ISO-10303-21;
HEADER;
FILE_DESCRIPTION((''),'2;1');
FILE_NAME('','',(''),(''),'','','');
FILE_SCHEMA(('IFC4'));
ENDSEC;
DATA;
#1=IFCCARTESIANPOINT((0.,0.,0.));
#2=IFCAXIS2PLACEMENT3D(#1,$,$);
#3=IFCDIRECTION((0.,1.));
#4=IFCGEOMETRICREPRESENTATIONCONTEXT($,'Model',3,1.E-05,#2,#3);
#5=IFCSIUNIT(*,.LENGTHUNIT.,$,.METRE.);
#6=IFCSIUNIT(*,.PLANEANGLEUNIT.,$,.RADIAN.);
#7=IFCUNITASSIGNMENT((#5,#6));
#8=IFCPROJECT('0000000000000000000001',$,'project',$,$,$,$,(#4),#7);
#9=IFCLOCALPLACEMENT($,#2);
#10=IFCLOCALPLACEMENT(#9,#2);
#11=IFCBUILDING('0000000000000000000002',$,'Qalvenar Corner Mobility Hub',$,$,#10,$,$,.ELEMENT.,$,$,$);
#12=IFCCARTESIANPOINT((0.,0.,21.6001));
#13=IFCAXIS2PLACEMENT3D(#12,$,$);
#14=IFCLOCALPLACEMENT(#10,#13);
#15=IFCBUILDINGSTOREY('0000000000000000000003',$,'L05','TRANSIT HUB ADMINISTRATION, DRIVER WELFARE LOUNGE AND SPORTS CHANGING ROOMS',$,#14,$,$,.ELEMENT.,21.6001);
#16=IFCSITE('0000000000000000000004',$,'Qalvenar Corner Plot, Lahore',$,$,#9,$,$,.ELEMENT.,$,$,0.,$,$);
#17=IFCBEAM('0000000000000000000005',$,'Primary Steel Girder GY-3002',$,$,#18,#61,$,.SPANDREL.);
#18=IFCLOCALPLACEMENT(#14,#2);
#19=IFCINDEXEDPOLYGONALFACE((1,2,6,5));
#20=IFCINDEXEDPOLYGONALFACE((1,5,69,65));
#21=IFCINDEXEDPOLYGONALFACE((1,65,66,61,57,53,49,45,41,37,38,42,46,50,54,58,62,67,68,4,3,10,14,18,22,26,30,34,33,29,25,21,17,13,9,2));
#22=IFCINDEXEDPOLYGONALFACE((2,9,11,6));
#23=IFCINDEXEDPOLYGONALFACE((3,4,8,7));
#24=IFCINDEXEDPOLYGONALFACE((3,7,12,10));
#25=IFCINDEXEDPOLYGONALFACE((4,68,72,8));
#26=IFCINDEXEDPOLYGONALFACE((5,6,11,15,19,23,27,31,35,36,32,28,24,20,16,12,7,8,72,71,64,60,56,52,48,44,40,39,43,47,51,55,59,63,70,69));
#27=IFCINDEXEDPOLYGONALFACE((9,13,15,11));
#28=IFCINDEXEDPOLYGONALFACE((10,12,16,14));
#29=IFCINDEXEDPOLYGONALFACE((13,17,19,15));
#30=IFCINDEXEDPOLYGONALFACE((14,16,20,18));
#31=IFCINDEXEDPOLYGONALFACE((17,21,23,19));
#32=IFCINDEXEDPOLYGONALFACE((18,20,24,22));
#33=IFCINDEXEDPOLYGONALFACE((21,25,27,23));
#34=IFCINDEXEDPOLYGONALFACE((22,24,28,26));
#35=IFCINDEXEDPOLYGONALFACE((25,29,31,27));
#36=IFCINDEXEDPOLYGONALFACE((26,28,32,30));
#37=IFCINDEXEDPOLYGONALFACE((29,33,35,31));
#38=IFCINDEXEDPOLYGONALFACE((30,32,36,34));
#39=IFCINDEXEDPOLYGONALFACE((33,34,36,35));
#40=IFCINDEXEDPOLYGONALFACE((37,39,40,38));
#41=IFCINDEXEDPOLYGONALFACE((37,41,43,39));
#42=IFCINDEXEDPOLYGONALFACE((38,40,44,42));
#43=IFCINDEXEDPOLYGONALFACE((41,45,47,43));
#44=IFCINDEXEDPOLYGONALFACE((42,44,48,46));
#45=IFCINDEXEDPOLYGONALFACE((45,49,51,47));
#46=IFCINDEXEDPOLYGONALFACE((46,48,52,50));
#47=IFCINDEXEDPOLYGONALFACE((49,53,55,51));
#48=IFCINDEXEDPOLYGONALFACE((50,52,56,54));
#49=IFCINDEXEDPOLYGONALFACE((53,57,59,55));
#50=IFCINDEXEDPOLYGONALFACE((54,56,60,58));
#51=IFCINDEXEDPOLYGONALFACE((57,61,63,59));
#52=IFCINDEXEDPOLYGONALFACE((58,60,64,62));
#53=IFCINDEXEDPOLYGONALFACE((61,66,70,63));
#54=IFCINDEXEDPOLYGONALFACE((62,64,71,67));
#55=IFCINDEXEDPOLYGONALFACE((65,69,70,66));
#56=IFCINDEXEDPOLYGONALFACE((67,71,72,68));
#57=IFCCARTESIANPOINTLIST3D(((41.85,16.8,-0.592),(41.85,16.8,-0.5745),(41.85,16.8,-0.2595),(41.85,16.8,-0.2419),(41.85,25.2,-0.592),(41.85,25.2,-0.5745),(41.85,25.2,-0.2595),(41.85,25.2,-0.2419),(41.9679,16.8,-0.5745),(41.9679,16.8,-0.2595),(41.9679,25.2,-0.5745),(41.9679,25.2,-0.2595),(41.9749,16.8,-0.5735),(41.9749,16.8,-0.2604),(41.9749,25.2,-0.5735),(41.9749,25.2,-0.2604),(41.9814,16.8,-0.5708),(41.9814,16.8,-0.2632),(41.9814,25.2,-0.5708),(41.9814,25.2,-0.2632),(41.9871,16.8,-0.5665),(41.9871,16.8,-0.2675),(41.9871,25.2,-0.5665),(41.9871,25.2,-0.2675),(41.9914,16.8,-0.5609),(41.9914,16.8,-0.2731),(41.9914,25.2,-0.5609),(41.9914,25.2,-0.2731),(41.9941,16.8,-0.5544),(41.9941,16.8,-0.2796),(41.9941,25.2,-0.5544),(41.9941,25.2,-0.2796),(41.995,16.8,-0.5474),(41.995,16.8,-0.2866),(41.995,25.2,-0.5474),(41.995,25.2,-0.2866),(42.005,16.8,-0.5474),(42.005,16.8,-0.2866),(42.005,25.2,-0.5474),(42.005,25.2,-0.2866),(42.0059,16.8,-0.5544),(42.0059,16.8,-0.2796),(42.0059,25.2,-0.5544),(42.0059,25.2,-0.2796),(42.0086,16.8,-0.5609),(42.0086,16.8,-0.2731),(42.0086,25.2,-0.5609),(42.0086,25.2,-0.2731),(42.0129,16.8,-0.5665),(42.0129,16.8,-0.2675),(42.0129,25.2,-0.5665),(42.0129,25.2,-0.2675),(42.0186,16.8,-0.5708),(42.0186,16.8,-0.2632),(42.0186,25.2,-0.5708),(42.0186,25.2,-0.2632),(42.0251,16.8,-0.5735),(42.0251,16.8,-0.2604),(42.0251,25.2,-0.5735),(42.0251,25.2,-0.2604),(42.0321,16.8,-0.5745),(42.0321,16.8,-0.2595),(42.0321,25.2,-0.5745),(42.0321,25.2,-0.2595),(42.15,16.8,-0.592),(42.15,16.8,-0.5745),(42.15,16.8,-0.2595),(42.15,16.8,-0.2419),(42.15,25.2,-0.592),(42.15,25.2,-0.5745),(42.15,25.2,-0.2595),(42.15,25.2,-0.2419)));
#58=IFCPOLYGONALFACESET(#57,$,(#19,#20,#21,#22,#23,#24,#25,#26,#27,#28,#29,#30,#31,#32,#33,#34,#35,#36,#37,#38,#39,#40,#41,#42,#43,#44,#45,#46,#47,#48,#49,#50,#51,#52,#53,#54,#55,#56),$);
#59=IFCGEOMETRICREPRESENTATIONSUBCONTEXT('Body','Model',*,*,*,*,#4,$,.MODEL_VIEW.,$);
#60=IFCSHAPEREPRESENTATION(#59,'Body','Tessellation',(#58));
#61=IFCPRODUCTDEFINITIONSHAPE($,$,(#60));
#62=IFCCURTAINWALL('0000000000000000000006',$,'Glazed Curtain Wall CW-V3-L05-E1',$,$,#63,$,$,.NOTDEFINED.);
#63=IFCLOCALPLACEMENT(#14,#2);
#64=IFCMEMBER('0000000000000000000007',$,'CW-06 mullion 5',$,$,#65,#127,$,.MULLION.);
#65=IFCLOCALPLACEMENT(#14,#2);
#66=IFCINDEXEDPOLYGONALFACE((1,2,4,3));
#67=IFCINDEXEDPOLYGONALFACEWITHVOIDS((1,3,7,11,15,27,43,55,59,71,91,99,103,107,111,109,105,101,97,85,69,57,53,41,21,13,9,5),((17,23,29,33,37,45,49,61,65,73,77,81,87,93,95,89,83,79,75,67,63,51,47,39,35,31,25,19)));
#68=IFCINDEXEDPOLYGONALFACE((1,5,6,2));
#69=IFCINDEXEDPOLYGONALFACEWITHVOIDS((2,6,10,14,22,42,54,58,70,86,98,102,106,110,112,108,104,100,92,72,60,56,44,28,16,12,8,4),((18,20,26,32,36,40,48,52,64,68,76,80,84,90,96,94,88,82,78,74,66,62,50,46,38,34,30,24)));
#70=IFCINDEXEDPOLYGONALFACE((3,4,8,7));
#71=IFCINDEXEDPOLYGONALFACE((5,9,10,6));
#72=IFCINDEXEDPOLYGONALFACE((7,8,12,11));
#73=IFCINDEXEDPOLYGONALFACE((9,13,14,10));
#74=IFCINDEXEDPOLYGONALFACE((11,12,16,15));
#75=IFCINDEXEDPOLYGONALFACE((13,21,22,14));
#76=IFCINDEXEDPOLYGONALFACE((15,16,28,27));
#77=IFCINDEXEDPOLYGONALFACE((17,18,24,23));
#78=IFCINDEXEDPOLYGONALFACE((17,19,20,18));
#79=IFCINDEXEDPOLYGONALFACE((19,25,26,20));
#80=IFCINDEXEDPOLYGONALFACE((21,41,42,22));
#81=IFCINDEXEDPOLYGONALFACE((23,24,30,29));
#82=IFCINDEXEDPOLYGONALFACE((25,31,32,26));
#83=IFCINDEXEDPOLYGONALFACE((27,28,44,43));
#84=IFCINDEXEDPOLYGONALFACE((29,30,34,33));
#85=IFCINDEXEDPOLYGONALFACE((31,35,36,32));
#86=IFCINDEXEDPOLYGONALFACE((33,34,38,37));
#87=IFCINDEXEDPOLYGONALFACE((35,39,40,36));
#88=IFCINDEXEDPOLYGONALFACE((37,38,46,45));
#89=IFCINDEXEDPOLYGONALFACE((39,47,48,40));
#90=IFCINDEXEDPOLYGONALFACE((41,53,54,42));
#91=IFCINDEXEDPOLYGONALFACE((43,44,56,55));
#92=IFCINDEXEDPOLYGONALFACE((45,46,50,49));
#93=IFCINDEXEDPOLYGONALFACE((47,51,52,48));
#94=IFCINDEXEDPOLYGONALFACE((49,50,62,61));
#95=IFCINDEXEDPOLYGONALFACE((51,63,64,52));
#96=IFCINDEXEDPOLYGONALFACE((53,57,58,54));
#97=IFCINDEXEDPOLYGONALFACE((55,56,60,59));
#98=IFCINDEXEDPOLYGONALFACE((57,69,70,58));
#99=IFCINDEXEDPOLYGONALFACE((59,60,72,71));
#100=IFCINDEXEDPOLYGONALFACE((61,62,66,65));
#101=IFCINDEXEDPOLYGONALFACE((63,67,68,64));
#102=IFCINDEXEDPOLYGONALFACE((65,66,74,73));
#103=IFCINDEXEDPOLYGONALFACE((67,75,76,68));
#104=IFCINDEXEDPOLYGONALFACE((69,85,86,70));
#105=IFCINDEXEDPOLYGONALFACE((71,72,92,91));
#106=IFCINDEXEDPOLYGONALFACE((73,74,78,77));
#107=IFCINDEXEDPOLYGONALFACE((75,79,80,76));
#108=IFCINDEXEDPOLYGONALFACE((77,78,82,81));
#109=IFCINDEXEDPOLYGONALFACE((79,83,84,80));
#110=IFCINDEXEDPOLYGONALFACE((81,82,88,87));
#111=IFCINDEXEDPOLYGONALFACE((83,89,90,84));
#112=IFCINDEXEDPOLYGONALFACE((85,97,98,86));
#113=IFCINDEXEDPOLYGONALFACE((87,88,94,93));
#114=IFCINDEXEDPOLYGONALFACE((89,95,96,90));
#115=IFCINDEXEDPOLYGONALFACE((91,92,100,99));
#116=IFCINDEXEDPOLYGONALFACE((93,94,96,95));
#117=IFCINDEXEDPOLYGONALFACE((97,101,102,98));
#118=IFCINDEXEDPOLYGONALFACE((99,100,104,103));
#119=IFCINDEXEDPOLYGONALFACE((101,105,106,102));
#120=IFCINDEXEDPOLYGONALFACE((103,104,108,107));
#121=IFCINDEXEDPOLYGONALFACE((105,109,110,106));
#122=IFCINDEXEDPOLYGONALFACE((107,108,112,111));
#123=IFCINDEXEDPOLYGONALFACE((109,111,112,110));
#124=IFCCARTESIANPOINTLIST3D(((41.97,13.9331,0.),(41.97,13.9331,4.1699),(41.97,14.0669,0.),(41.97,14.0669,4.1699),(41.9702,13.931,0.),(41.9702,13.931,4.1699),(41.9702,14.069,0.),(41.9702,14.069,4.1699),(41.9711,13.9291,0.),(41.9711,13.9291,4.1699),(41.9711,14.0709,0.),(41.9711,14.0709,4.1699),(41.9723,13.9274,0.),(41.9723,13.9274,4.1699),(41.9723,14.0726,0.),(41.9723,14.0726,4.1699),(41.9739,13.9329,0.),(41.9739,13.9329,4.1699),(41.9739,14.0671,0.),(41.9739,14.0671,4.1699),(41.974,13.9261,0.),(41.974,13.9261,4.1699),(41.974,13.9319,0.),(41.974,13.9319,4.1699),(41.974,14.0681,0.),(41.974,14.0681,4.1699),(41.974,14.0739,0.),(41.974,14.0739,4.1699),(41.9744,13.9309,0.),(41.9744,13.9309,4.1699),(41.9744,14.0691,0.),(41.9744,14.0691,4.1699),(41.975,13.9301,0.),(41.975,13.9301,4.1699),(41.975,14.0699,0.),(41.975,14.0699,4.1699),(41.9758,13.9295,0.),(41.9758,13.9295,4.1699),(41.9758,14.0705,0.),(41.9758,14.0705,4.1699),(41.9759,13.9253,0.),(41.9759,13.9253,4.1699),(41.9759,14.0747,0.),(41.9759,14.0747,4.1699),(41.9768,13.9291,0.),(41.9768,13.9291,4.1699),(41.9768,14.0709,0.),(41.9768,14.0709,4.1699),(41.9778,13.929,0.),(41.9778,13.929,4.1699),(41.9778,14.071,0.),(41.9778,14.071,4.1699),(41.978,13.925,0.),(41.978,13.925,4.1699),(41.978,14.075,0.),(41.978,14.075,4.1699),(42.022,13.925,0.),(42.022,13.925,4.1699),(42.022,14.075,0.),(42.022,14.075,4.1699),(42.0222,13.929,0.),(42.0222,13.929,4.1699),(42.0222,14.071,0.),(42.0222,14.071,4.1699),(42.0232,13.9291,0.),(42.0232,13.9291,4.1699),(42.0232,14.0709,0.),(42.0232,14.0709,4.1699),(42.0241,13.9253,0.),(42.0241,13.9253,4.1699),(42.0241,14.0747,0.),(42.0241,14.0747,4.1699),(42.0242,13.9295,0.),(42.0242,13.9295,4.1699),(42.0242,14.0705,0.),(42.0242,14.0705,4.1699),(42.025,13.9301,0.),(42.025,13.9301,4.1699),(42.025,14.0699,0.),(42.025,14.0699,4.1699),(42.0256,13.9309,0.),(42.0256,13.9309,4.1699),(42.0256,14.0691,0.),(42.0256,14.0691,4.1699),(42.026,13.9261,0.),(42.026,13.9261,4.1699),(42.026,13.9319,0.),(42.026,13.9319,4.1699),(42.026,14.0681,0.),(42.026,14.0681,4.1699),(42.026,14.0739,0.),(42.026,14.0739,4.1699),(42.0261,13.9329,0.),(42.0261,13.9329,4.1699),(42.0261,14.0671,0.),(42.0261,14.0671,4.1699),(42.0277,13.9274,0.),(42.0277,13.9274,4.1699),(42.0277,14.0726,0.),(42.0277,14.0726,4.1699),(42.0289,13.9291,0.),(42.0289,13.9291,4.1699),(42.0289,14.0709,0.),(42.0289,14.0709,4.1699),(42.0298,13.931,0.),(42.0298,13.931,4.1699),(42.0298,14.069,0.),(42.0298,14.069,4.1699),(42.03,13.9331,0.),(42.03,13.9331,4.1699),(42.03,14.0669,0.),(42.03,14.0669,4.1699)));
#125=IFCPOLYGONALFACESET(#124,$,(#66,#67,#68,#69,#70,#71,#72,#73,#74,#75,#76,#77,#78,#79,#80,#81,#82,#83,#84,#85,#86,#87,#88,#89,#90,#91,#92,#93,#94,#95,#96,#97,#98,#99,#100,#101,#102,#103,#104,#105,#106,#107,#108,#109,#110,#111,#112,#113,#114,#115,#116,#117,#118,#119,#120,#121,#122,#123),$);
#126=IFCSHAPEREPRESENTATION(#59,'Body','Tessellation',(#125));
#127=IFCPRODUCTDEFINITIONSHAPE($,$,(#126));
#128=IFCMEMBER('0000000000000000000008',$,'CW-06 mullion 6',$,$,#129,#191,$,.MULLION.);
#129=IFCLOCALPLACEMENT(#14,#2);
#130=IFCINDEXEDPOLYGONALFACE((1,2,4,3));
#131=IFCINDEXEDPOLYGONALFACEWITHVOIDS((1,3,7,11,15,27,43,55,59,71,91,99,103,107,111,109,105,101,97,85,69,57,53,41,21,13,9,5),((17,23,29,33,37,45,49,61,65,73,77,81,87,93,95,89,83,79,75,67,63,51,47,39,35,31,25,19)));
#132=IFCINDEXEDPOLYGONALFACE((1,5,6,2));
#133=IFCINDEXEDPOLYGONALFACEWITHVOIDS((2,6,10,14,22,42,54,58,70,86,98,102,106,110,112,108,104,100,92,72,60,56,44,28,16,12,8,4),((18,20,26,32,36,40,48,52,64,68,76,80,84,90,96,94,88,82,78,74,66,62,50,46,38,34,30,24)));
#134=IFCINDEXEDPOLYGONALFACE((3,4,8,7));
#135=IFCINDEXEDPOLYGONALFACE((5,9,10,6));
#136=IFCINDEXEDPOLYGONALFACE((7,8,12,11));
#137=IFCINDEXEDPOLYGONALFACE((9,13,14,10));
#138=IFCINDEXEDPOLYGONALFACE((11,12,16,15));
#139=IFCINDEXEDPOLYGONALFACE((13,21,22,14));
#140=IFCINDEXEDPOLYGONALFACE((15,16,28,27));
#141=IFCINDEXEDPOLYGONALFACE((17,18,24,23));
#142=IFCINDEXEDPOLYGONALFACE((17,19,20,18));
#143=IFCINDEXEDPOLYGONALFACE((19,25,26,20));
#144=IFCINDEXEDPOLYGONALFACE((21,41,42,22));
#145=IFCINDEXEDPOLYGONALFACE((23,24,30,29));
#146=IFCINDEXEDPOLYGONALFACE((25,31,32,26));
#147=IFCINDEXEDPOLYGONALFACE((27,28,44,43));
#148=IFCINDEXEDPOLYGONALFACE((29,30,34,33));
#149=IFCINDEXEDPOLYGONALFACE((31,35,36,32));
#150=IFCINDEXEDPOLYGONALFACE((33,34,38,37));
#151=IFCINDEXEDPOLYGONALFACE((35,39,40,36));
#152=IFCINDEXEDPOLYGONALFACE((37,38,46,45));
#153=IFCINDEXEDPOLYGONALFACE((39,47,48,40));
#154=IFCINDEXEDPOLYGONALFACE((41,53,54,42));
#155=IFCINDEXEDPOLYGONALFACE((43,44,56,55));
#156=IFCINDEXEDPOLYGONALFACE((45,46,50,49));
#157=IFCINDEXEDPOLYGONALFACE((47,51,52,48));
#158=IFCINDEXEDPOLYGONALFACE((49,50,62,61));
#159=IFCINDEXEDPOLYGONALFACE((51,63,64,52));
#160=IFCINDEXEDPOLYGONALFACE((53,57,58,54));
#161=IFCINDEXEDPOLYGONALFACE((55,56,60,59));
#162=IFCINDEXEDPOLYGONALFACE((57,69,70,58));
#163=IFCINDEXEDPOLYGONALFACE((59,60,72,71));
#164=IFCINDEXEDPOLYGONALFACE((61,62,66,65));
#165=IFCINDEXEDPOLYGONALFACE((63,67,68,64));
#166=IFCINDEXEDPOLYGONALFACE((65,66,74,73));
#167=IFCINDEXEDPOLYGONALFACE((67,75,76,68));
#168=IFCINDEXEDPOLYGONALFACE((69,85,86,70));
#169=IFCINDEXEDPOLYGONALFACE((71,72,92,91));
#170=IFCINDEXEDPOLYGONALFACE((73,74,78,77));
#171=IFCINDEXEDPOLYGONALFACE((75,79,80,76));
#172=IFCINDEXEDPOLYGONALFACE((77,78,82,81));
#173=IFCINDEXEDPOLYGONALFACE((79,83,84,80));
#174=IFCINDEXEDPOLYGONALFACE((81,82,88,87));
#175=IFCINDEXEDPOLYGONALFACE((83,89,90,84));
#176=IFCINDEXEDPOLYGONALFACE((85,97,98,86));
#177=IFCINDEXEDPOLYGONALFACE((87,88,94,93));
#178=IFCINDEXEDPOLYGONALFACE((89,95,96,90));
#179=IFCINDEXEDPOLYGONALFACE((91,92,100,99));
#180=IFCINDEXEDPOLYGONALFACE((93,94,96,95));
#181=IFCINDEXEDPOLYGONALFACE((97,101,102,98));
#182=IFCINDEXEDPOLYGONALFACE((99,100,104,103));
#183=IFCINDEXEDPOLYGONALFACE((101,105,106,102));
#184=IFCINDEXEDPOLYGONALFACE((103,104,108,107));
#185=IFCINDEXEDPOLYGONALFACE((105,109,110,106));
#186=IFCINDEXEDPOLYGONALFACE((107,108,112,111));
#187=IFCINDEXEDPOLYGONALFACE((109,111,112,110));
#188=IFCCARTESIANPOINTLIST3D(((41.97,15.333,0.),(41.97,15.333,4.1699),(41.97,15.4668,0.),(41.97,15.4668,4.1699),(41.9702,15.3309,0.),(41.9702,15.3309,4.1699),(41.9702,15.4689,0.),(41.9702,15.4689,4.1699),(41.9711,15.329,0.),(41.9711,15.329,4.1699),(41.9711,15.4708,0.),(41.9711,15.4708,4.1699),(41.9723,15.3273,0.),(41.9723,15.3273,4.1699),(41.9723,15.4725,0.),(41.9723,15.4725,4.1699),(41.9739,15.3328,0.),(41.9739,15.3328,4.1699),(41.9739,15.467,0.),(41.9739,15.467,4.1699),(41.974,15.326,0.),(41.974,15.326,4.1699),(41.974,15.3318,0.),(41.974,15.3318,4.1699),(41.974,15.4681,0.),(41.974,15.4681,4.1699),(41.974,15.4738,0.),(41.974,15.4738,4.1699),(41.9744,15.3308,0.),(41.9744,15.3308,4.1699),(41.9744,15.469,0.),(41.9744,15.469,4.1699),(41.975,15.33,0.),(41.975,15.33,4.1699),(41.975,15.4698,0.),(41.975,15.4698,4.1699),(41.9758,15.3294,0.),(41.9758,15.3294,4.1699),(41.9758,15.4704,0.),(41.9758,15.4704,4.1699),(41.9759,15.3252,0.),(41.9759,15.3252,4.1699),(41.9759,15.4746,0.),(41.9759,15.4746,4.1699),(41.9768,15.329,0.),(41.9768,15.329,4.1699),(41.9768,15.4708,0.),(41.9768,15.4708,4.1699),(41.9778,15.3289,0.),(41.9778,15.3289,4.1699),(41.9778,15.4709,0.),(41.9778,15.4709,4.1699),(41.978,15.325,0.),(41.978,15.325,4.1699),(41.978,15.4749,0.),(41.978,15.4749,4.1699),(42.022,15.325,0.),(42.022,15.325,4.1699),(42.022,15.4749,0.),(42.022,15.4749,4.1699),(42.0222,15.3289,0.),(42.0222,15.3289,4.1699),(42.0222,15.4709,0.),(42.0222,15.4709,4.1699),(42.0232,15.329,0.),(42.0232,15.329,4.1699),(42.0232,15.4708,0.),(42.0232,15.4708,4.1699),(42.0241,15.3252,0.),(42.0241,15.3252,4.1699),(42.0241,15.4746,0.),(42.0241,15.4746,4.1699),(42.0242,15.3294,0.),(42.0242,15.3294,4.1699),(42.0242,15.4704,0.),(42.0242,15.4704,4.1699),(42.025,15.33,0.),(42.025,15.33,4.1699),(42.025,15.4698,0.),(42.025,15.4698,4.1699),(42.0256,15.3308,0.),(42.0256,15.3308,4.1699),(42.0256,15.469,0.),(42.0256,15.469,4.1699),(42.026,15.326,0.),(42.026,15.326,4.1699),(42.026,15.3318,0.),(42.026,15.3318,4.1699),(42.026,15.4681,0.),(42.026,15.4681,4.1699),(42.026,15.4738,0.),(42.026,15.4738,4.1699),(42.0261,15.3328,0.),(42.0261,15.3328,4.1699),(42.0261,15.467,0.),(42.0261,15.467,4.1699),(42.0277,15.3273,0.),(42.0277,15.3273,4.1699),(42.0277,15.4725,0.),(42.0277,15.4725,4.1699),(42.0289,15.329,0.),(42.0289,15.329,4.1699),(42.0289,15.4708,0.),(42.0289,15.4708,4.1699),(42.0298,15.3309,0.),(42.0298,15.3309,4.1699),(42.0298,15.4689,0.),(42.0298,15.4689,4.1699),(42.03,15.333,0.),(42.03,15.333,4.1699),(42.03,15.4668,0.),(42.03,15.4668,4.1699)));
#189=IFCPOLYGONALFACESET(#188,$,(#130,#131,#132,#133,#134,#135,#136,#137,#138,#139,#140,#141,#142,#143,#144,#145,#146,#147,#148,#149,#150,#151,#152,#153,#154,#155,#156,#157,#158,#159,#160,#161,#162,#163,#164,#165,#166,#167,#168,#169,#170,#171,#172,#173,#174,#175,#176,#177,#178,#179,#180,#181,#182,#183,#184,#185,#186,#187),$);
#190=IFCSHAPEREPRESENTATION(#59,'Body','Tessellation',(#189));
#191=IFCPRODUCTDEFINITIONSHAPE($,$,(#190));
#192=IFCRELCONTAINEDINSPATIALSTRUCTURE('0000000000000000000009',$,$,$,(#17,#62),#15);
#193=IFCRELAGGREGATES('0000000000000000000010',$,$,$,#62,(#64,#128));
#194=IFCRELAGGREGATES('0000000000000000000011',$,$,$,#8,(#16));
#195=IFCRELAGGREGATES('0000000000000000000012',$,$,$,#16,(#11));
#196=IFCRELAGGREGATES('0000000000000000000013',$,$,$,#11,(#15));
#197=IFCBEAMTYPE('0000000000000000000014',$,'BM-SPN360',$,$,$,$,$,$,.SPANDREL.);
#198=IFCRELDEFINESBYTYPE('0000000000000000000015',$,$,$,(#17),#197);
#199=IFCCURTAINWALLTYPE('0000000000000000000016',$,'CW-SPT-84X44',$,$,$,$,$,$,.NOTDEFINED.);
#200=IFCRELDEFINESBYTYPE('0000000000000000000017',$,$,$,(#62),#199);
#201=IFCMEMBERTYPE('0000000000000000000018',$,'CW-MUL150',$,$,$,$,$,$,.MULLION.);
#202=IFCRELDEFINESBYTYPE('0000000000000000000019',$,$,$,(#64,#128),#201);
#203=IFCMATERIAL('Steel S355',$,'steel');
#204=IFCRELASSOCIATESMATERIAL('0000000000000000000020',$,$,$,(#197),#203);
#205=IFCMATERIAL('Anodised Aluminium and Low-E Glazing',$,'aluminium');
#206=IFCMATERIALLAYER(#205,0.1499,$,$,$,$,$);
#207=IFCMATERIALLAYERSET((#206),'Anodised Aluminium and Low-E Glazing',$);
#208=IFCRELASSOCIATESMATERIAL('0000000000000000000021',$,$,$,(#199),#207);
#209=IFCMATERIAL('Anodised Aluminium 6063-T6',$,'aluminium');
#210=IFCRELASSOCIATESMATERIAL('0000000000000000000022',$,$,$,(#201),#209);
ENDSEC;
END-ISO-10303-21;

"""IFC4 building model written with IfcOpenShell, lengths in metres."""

from ifc_helpers import new_model, si_unit, direction, frame, origin, origin_2d, place, context, subcontext, project, spatial, hollow_rectangle, i_section, extrude, material, layer, layer_set, material_profile, profile_set, type_object, element, aggregate, save


model = new_model("IFC4")

# Units and contexts
model_context = context("Model", 3, precision=1e-05, world=origin(), true_north=direction((0.0, 1.0)))
body_context = subcontext(model_context, "Body", "Model", "MODEL_VIEW")
ifc_project = project(units=[si_unit("LENGTHUNIT", "METRE"), si_unit("PLANEANGLEUNIT", "RADIAN")], contexts=[model_context])

# Site, building, storey
site_placement = place(None, origin())
site = spatial("IfcSite", under=ifc_project, at=site_placement, Name="Qalvenar Corner Plot, Lahore", CompositionType="ELEMENT", RefElevation=0.0)
building_placement = place(site_placement, origin())
building = spatial("IfcBuilding", under=site, at=building_placement, Name="Qalvenar Corner Mobility Hub", CompositionType="ELEMENT")
storey_placement = place(building_placement, frame((0.0, 0.0, 21.6001)))
storey = spatial("IfcBuildingStorey", under=building, at=storey_placement, Name="L05", Description="TRANSIT HUB ADMINISTRATION, DRIVER WELFARE LOUNGE AND SPORTS CHANGING ROOMS", CompositionType="ELEMENT", Elevation=21.6001)

# Beam
ifc_material_1 = material(Name="Steel S355", Category="steel")
ifc_material_profile_1 = material_profile(ifc_material_1, i_section(OverallWidth=0.3, OverallDepth=0.3501, WebThickness=0.01, FlangeThickness=0.0176, FilletRadius=0.0271, at=origin_2d()), Name="HEA360")
ifc_profile_set_1 = profile_set([ifc_material_profile_1], Name="Steel S355")
beam_type = type_object("IfcBeamType", Name="BM-SPN360", PredefinedType="SPANDREL", material=ifc_profile_set_1)
beam_placement = place(storey_placement, frame((42.0, 16.8, -0.417), z_axis=(0.0, 1.0, 0.0), x_axis=(-1.0, 0.0, 0.0)))
element("IfcBeam", 1, at=beam_placement, inside=storey, type_object=beam_type, Name="Primary Steel Girder GY-3002", PredefinedType="SPANDREL", context=body_context, shape_type="SweptSolid", body=[
    extrude(i_section(OverallWidth=0.3, OverallDepth=0.3501, WebThickness=0.01, FlangeThickness=0.0176, FilletRadius=0.0271, at=origin_2d()), origin(), (0.0, 0.0, 1.0), 8.3999),
])

# Curtain wall, members
ifc_material_2 = material(Name="Anodised Aluminium and Low-E Glazing", Category="aluminium")
ifc_layer_1 = layer(ifc_material_2, 0.1499)
ifc_layer_set_1 = layer_set([ifc_layer_1], Name="Anodised Aluminium and Low-E Glazing")
curtain_wall_type = type_object("IfcCurtainWallType", Name="CW-SPT-84X44", PredefinedType="NOTDEFINED", material=ifc_layer_set_1)
curtain_wall_placement = place(storey_placement, origin())
curtain_wall = element("IfcCurtainWall", 2, at=curtain_wall_placement, inside=storey, type_object=curtain_wall_type, Name="Glazed Curtain Wall CW-V3-L05-E1", PredefinedType="NOTDEFINED")
ifc_material_3 = material(Name="Anodised Aluminium 6063-T6", Category="aluminium")
ifc_material_profile_2 = material_profile(ifc_material_3, hollow_rectangle(XDim=0.0601, YDim=0.1499, WallThickness=0.0039, InnerFilletRadius=0.0039, OuterFilletRadius=0.0081, at=origin_2d()), Name="RHS150x60x4")
ifc_profile_set_2 = profile_set([ifc_material_profile_2], Name="Anodised Aluminium 6063-T6")
member_type_1 = type_object("IfcMemberType", Name="CW-MUL150", PredefinedType="MULLION", material=ifc_profile_set_2)
member_1_placement = place(storey_placement, frame((42.0, 14.0, 0.0), z_axis=(0.0, 0.0, 1.0), x_axis=(-1.0, 0.0, 0.0)))
member_1 = element("IfcMember", 3, at=member_1_placement, type_object=member_type_1, Name="CW-06 mullion 5", PredefinedType="MULLION", context=body_context, shape_type="SweptSolid", body=[
    extrude(hollow_rectangle(XDim=0.0601, YDim=0.1499, WallThickness=0.0039, InnerFilletRadius=0.0039, OuterFilletRadius=0.0081, at=origin_2d()), origin(), (0.0, 0.0, 1.0), 4.1699),
])
member_2_placement = place(storey_placement, frame((42.0, 15.3999, 0.0), z_axis=(0.0, 0.0, 1.0), x_axis=(-1.0, 0.0, 0.0)))
member_2 = element("IfcMember", 4, at=member_2_placement, type_object=member_type_1, Name="CW-06 mullion 6", PredefinedType="MULLION", context=body_context, shape_type="SweptSolid", body=[
    extrude(hollow_rectangle(XDim=0.0601, YDim=0.1499, WallThickness=0.0039, InnerFilletRadius=0.0039, OuterFilletRadius=0.0081, at=origin_2d()), origin(), (0.0, 0.0, 1.0), 4.1699),
])
aggregate(curtain_wall, [member_1, member_2])

save(model, "model.ifc")
